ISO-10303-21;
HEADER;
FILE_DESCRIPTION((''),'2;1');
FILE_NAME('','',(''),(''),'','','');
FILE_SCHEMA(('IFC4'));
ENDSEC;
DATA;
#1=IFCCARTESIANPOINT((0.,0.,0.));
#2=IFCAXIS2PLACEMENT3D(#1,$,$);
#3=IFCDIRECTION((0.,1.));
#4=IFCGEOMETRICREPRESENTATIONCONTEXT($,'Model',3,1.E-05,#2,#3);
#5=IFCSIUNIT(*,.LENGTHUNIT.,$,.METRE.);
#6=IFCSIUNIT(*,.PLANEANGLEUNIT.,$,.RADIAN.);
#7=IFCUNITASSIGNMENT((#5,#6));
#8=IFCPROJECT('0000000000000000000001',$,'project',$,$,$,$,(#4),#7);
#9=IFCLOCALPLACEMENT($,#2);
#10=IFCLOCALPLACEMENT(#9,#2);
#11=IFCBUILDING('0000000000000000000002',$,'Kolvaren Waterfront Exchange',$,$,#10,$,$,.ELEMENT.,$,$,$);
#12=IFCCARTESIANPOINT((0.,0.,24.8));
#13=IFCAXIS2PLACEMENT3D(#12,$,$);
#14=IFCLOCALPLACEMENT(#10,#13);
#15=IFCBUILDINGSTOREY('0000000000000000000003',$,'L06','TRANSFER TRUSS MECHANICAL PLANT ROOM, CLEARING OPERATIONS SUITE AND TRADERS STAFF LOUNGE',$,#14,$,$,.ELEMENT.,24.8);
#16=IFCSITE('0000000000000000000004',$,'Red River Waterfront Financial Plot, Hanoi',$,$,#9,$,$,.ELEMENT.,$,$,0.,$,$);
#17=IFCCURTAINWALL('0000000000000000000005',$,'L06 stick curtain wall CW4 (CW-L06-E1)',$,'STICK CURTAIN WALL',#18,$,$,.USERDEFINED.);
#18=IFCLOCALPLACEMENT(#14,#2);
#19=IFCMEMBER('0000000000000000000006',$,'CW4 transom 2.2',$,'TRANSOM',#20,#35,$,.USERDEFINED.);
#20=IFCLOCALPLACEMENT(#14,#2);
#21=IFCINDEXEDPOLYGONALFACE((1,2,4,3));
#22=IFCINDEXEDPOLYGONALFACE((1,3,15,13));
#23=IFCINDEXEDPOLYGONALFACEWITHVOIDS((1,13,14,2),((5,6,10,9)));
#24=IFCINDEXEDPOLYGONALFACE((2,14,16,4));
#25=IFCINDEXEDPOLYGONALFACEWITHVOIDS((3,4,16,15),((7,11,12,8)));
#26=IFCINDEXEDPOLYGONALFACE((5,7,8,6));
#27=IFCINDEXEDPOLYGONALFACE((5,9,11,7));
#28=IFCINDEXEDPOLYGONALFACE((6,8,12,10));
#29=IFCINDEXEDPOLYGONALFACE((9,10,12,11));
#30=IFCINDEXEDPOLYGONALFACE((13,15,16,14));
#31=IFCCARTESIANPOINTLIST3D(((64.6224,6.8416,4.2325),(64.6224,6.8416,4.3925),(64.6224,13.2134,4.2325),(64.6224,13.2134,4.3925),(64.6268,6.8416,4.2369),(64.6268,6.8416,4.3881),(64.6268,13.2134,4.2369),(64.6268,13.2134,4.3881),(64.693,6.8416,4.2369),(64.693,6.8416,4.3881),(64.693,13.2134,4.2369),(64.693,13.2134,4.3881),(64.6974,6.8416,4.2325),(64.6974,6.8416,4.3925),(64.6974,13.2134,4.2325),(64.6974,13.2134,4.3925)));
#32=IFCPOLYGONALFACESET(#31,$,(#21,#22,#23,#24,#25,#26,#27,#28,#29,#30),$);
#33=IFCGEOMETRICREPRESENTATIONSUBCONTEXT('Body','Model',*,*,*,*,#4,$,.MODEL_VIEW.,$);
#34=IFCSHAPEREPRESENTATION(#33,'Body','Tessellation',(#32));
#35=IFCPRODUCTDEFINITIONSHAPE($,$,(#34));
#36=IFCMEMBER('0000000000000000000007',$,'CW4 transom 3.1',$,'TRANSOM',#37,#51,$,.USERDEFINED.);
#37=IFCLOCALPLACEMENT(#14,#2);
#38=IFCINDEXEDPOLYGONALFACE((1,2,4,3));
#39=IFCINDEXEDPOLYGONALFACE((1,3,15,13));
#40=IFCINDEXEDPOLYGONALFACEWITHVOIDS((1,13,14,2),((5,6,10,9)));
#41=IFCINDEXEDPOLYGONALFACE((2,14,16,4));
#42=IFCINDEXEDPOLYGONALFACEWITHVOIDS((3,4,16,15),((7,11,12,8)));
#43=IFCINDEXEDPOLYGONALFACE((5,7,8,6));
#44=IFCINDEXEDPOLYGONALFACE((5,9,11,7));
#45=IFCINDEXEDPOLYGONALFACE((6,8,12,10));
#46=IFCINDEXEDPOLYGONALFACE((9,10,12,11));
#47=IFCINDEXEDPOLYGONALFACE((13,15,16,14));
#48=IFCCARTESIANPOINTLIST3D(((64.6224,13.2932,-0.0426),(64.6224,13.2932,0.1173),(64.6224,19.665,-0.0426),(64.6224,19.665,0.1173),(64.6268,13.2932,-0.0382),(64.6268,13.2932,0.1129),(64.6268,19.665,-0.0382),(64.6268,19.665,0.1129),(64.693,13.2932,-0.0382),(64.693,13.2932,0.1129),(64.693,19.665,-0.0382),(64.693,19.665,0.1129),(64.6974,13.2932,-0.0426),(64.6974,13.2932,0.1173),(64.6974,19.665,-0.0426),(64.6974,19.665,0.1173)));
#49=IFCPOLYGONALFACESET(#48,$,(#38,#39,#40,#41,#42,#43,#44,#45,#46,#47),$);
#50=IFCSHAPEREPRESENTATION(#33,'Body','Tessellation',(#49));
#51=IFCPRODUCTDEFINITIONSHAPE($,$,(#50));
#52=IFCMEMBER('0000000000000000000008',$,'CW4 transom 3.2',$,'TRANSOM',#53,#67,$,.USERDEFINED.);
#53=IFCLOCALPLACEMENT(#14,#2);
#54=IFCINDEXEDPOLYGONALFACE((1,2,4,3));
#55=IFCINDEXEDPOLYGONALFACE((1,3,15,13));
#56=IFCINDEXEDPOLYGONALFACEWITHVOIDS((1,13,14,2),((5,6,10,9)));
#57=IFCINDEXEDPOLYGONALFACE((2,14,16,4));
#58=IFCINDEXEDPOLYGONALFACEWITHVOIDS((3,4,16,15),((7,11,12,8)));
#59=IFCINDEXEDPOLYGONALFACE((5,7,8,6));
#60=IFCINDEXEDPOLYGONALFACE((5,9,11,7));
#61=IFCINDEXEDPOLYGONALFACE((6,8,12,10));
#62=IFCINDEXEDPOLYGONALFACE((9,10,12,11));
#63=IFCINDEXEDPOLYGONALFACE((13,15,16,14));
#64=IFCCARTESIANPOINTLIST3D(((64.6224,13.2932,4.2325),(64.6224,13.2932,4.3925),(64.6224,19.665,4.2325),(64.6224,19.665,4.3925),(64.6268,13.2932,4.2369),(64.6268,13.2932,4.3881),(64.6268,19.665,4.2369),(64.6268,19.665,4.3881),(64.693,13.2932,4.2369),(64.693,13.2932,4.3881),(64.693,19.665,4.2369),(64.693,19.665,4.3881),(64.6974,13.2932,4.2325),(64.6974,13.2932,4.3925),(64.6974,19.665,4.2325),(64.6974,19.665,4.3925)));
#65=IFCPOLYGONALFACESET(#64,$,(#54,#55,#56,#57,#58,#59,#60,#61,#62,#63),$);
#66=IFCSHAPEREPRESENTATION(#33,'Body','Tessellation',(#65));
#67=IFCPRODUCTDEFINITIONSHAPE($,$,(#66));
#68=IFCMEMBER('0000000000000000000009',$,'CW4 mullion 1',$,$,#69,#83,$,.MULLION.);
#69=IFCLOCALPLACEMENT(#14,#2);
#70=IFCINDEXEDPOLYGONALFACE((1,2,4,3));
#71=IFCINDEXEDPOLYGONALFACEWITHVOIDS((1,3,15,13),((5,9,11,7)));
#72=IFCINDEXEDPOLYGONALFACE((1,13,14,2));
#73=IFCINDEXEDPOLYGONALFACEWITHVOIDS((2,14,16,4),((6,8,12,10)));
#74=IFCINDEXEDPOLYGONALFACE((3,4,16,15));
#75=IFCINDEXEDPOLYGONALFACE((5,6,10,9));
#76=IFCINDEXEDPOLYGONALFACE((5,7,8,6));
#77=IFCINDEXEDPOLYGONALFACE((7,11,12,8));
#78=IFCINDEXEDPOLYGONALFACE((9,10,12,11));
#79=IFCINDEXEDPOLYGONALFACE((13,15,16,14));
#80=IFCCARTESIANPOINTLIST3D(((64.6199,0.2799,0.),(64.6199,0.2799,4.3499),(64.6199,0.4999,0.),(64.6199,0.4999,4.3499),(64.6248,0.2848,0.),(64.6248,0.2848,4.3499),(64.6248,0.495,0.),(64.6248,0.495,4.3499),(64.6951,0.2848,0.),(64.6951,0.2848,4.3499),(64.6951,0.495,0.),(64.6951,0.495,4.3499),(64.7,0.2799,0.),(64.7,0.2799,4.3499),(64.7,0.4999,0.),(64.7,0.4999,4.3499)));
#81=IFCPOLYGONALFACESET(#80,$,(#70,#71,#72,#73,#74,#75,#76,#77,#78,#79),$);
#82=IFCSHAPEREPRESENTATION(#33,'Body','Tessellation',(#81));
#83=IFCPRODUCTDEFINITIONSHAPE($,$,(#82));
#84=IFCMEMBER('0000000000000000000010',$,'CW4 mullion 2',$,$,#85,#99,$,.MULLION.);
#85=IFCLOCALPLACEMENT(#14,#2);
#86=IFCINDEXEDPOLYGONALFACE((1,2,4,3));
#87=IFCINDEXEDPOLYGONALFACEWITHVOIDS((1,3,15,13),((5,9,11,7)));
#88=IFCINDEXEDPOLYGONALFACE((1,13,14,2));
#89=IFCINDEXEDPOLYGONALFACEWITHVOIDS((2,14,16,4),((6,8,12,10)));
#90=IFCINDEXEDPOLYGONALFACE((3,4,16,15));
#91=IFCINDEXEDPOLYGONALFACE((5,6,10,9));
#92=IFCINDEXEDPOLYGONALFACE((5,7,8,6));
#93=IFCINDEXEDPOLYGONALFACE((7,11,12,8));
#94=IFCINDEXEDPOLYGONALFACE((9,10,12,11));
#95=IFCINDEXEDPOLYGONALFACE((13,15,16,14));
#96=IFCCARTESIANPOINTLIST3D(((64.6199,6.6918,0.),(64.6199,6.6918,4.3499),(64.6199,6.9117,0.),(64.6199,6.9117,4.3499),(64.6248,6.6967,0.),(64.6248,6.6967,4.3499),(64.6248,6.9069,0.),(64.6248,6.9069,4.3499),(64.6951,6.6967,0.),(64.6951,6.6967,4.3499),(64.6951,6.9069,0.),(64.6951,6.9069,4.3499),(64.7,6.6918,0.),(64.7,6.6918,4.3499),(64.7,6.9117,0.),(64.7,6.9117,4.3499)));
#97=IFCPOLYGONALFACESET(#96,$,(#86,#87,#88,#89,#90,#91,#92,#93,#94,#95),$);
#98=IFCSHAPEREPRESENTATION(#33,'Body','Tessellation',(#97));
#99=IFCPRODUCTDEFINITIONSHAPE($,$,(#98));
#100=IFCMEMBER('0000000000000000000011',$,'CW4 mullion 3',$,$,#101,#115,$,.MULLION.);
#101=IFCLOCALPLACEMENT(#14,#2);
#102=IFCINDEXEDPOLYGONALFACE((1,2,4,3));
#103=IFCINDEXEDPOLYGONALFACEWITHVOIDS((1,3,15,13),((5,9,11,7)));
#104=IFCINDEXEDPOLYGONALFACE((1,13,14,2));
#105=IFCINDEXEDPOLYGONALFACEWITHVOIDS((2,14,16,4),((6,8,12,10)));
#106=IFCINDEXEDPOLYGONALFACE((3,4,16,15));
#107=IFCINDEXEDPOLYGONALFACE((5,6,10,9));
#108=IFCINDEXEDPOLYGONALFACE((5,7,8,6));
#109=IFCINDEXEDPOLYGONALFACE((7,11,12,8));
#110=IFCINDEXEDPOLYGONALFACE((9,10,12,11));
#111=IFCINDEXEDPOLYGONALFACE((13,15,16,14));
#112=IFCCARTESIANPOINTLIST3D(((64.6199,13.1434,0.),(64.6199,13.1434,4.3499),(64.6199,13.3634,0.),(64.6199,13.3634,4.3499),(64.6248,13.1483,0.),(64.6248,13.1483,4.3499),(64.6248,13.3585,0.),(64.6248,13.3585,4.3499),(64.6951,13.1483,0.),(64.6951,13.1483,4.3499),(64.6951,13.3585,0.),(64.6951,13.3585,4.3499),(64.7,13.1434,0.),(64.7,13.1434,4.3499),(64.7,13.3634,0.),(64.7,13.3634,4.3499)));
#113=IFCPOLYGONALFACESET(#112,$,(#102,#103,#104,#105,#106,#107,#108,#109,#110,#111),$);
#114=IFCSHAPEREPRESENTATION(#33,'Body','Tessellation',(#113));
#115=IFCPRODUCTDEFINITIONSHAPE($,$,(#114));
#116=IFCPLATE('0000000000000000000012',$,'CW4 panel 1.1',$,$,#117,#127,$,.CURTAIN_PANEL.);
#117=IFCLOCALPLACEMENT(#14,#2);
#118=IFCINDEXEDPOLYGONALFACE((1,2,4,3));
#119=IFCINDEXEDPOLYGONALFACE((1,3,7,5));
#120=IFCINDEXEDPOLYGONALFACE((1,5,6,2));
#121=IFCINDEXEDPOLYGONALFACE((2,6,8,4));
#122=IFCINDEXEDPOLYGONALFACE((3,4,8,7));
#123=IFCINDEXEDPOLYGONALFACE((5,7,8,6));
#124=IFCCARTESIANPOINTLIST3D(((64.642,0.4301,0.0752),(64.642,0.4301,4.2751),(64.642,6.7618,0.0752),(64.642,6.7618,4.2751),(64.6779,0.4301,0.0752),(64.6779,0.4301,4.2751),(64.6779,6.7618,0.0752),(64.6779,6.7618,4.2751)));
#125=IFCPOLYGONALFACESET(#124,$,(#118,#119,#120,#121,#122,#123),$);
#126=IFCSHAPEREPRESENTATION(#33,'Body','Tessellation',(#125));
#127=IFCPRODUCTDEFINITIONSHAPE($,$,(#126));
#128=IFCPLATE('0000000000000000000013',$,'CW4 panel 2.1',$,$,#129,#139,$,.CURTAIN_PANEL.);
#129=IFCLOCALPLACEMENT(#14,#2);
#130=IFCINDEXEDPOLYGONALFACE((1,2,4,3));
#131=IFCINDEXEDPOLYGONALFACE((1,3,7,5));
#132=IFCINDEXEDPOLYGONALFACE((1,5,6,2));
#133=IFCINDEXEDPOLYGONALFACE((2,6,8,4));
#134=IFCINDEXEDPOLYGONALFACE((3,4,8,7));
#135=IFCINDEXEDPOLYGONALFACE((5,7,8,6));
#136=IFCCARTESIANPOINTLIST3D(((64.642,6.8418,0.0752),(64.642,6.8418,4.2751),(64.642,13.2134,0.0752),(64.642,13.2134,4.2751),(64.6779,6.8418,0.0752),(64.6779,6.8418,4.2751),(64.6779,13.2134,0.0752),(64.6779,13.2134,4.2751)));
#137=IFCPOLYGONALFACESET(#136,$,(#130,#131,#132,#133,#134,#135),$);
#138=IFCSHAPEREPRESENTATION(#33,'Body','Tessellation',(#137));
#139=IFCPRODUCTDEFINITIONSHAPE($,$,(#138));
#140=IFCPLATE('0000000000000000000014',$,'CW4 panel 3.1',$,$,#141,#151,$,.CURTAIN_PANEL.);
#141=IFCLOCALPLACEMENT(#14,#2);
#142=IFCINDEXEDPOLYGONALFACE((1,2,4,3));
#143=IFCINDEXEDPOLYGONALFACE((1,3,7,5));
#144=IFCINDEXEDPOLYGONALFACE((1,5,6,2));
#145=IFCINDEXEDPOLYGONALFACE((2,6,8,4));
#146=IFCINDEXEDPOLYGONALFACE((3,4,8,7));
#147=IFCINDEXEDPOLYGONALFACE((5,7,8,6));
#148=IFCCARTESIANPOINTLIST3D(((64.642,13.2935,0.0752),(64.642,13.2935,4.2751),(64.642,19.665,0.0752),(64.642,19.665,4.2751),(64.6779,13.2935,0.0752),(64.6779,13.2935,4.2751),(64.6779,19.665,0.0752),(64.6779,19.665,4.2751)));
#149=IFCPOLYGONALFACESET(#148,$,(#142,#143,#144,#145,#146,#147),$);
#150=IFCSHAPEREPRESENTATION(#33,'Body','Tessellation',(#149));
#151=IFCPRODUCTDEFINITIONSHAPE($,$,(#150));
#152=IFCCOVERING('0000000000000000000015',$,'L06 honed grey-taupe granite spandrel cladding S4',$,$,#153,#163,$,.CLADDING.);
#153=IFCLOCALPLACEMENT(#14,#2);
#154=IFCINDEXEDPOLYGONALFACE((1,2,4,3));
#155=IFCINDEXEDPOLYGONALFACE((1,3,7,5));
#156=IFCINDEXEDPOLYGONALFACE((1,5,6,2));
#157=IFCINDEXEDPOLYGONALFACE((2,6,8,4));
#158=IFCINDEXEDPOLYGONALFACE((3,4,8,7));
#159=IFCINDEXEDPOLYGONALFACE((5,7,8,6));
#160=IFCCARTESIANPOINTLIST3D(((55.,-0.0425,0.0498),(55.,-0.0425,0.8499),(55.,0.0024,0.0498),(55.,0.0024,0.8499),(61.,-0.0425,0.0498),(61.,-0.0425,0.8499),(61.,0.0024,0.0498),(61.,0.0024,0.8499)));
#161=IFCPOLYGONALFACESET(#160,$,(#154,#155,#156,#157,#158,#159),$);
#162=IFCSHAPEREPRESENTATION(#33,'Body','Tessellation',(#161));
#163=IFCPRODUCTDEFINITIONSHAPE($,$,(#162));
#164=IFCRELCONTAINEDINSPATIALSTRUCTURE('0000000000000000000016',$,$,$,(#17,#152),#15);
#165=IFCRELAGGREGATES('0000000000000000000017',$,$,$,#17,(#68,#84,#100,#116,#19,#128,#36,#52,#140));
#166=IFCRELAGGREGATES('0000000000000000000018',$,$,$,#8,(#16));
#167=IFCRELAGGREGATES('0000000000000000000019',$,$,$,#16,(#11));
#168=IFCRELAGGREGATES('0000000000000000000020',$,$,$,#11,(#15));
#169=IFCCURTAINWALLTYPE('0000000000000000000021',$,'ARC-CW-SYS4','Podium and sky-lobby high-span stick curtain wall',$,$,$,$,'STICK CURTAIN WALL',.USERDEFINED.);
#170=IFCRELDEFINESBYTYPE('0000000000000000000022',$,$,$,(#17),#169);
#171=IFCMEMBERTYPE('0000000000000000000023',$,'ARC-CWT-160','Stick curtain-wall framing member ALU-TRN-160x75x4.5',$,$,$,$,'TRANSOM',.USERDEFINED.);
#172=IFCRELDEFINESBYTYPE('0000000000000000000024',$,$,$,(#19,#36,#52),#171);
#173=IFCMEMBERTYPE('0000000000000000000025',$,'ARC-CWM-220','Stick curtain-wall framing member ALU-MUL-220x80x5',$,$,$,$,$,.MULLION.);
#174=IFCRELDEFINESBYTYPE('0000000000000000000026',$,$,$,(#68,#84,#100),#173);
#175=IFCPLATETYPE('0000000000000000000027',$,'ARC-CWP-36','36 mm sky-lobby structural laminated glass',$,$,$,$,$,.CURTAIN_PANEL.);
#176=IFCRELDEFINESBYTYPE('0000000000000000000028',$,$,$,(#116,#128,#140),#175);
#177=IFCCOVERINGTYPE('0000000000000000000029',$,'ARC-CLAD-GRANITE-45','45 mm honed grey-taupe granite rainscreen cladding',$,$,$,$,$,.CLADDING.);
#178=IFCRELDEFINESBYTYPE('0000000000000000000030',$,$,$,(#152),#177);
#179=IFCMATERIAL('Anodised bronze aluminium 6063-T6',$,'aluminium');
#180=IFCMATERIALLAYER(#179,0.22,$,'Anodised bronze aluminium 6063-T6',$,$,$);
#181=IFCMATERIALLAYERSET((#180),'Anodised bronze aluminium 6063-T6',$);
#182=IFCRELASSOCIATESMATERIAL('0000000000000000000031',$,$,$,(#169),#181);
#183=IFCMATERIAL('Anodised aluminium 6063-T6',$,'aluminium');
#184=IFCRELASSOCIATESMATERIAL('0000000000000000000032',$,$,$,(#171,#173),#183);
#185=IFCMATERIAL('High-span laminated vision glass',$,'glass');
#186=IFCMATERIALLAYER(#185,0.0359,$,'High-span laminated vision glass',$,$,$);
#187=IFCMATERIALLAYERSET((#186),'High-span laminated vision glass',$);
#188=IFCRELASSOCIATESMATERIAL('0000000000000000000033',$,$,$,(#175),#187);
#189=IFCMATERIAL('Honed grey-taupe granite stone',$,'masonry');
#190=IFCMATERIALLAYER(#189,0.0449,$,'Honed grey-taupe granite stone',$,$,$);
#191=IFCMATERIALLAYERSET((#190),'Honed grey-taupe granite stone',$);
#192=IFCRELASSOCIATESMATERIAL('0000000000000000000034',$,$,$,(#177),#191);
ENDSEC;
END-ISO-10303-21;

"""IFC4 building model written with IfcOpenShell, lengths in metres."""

from ifc_helpers import new_model, si_unit, direction, frame, origin, origin_with_axes, origin_2d, place, context, subcontext, project, spatial, rectangle, hollow_rectangle, extrude, source, transform, mapped, material, layer, layer_set, material_profile, profile_set, type_object, element, aggregate, save


model = new_model("IFC4")

# Units and contexts
model_context = context("Model", 3, precision=1e-05, world=origin(), true_north=direction((0.0, 1.0)))
body_context = subcontext(model_context, "Body", "Model", "MODEL_VIEW")
ifc_project = project(units=[si_unit("LENGTHUNIT", "METRE"), si_unit("PLANEANGLEUNIT", "RADIAN")], contexts=[model_context])

# Site, building, storey
site_placement = place(None, origin())
site = spatial("IfcSite", under=ifc_project, at=site_placement, Name="Red River Waterfront Financial Plot, Hanoi", CompositionType="ELEMENT", RefElevation=0.0)
building_placement = place(site_placement, origin())
building = spatial("IfcBuilding", under=site, at=building_placement, Name="Kolvaren Waterfront Exchange", CompositionType="ELEMENT")
storey_placement = place(building_placement, frame((0.0, 0.0, 24.8)))
storey = spatial("IfcBuildingStorey", under=building, at=storey_placement, Name="L06", Description="TRANSFER TRUSS MECHANICAL PLANT ROOM, CLEARING OPERATIONS SUITE AND TRADERS STAFF LOUNGE", CompositionType="ELEMENT", Elevation=24.8)

# Curtain wall, members, plates
ifc_material_1 = material(Name="Anodised bronze aluminium 6063-T6", Category="aluminium")
ifc_layer_1 = layer(ifc_material_1, 0.22, Name="Anodised bronze aluminium 6063-T6")
ifc_layer_set_1 = layer_set([ifc_layer_1], Name="Anodised bronze aluminium 6063-T6")
curtain_wall_type = type_object("IfcCurtainWallType", Name="ARC-CW-SYS4", Description="Podium and sky-lobby high-span stick curtain wall", ElementType="STICK CURTAIN WALL", PredefinedType="USERDEFINED", material=ifc_layer_set_1)
curtain_wall_placement = place(storey_placement, origin())
curtain_wall = element("IfcCurtainWall", 1, at=curtain_wall_placement, inside=storey, type_object=curtain_wall_type, Name="L06 stick curtain wall CW4 (CW-L06-E1)", ObjectType="STICK CURTAIN WALL", PredefinedType="USERDEFINED")
ifc_material_2 = material(Name="Anodised aluminium 6063-T6", Category="aluminium")
ifc_material_profile_1 = material_profile(ifc_material_2, hollow_rectangle(XDim=0.075, YDim=0.1599, WallThickness=0.0044, at=origin_2d()), Name="ALU-TRN-160x75x4.5")
ifc_profile_set_1 = profile_set([ifc_material_profile_1], Name="Anodised aluminium 6063-T6")
member_type_1 = type_object("IfcMemberType", Name="ARC-CWT-160", Description="Stick curtain-wall framing member ALU-TRN-160x75x4.5", ElementType="TRANSOM", PredefinedType="USERDEFINED", material=ifc_profile_set_1)
shared_shape_1 = source(origin_with_axes(), body_context, "Body", "SweptSolid", [
    extrude(hollow_rectangle(XDim=0.075, YDim=0.1599, WallThickness=0.0044, at=origin_2d()), origin(), (0.0, 0.0, 1.0), 6.3718),
])
member_1_placement = place(storey_placement, frame((64.6599, 6.8416, 4.3125), z_axis=(0.0, 1.0, 0.0), x_axis=(-1.0, 0.0, 0.0)))
member_1 = element("IfcMember", 2, at=member_1_placement, type_object=member_type_1, Name="CW4 transom 2.2", ObjectType="TRANSOM", PredefinedType="USERDEFINED", context=body_context, shape_type="MappedRepresentation", body=[
    mapped(shared_shape_1, transform((0.0, 0.0, 0.0), x_axis=(1.0, 0.0, 0.0), y_axis=(0.0, 1.0, 0.0), z_axis=(0.0, 0.0, 1.0), scale=1.0)),
])
member_2_placement = place(storey_placement, frame((64.6599, 13.2932, 0.0374), z_axis=(0.0, 1.0, 0.0), x_axis=(-1.0, 0.0, 0.0)))
member_2 = element("IfcMember", 3, at=member_2_placement, type_object=member_type_1, Name="CW4 transom 3.1", ObjectType="TRANSOM", PredefinedType="USERDEFINED", context=body_context, shape_type="MappedRepresentation", body=[
    mapped(shared_shape_1, transform((0.0, 0.0, 0.0), x_axis=(1.0, 0.0, 0.0), y_axis=(0.0, 1.0, 0.0), z_axis=(0.0, 0.0, 1.0), scale=1.0)),
])
member_3_placement = place(storey_placement, frame((64.6599, 13.2932, 4.3125), z_axis=(0.0, 1.0, 0.0), x_axis=(-1.0, 0.0, 0.0)))
member_3 = element("IfcMember", 4, at=member_3_placement, type_object=member_type_1, Name="CW4 transom 3.2", ObjectType="TRANSOM", PredefinedType="USERDEFINED", context=body_context, shape_type="MappedRepresentation", body=[
    mapped(shared_shape_1, transform((0.0, 0.0, 0.0), x_axis=(1.0, 0.0, 0.0), y_axis=(0.0, 1.0, 0.0), z_axis=(0.0, 0.0, 1.0), scale=1.0)),
])
ifc_material_profile_2 = material_profile(ifc_material_2, hollow_rectangle(XDim=0.0801, YDim=0.22, WallThickness=0.0049, at=origin_2d()), Name="ALU-MUL-220x80x5")
ifc_profile_set_2 = profile_set([ifc_material_profile_2], Name="Anodised aluminium 6063-T6")
member_type_2 = type_object("IfcMemberType", Name="ARC-CWM-220", Description="Stick curtain-wall framing member ALU-MUL-220x80x5", PredefinedType="MULLION", material=ifc_profile_set_2)
shared_shape_2 = source(origin_with_axes(), body_context, "Body", "SweptSolid", [
    extrude(hollow_rectangle(XDim=0.0801, YDim=0.22, WallThickness=0.0049, at=origin_2d()), origin(), (0.0, 0.0, 1.0), 4.3499),
])
member_4_placement = place(storey_placement, frame((64.6599, 0.3899, 0.0), z_axis=(0.0, 0.0, 1.0), x_axis=(-1.0, 0.0, 0.0)))
member_4 = element("IfcMember", 5, at=member_4_placement, type_object=member_type_2, Name="CW4 mullion 1", PredefinedType="MULLION", context=body_context, shape_type="MappedRepresentation", body=[
    mapped(shared_shape_2, transform((0.0, 0.0, 0.0), x_axis=(1.0, 0.0, 0.0), y_axis=(0.0, 1.0, 0.0), z_axis=(0.0, 0.0, 1.0), scale=1.0)),
])
member_5_placement = place(storey_placement, frame((64.6599, 6.8018, 0.0), z_axis=(0.0, 0.0, 1.0), x_axis=(-1.0, 0.0, 0.0)))
member_5 = element("IfcMember", 6, at=member_5_placement, type_object=member_type_2, Name="CW4 mullion 2", PredefinedType="MULLION", context=body_context, shape_type="MappedRepresentation", body=[
    mapped(shared_shape_2, transform((0.0, 0.0, 0.0), x_axis=(1.0, 0.0, 0.0), y_axis=(0.0, 1.0, 0.0), z_axis=(0.0, 0.0, 1.0), scale=1.0)),
])
member_6_placement = place(storey_placement, frame((64.6599, 13.2534, 0.0), z_axis=(0.0, 0.0, 1.0), x_axis=(-1.0, 0.0, 0.0)))
member_6 = element("IfcMember", 7, at=member_6_placement, type_object=member_type_2, Name="CW4 mullion 3", PredefinedType="MULLION", context=body_context, shape_type="MappedRepresentation", body=[
    mapped(shared_shape_2, transform((0.0, 0.0, 0.0), x_axis=(1.0, 0.0, 0.0), y_axis=(0.0, 1.0, 0.0), z_axis=(0.0, 0.0, 1.0), scale=1.0)),
])
ifc_material_3 = material(Name="High-span laminated vision glass", Category="glass")
ifc_layer_2 = layer(ifc_material_3, 0.0359, Name="High-span laminated vision glass")
ifc_layer_set_2 = layer_set([ifc_layer_2], Name="High-span laminated vision glass")
plate_type = type_object("IfcPlateType", Name="ARC-CWP-36", Description="36 mm sky-lobby structural laminated glass", PredefinedType="CURTAIN_PANEL", material=ifc_layer_set_2)
shared_shape_3 = source(origin_with_axes(), body_context, "Body", "SweptSolid", [
    extrude(rectangle(XDim=6.3318, YDim=0.0359, at=origin_2d()), origin(), (0.0, 0.0, 1.0), 4.2),
])
plate_1_placement = place(storey_placement, frame((64.6599, 3.5959, 0.0752), z_axis=(0.0, 0.0, 1.0), x_axis=(0.0, 1.0, 0.0)))
plate_1 = element("IfcPlate", 8, at=plate_1_placement, type_object=plate_type, Name="CW4 panel 1.1", PredefinedType="CURTAIN_PANEL", context=body_context, shape_type="MappedRepresentation", body=[
    mapped(shared_shape_3, transform((0.0, 0.0, 0.0), x_axis=(1.0, 0.0, 0.0), y_axis=(0.0, 1.0, 0.0), z_axis=(0.0, 0.0, 1.0), scale=1.0)),
])
shared_shape_4 = source(origin_with_axes(), body_context, "Body", "SweptSolid", [
    extrude(rectangle(XDim=6.3716, YDim=0.0359, at=origin_2d()), origin(), (0.0, 0.0, 1.0), 4.2),
])
plate_2_placement = place(storey_placement, frame((64.6599, 10.0276, 0.0752), z_axis=(0.0, 0.0, 1.0), x_axis=(0.0, 1.0, 0.0)))
plate_2 = element("IfcPlate", 9, at=plate_2_placement, type_object=plate_type, Name="CW4 panel 2.1", PredefinedType="CURTAIN_PANEL", context=body_context, shape_type="MappedRepresentation", body=[
    mapped(shared_shape_4, transform((0.0, 0.0, 0.0), x_axis=(1.0, 0.0, 0.0), y_axis=(0.0, 1.0, 0.0), z_axis=(0.0, 0.0, 1.0), scale=1.0)),
])
plate_3_placement = place(storey_placement, frame((64.6599, 16.4792, 0.0752), z_axis=(0.0, 0.0, 1.0), x_axis=(0.0, 1.0, 0.0)))
plate_3 = element("IfcPlate", 10, at=plate_3_placement, type_object=plate_type, Name="CW4 panel 3.1", PredefinedType="CURTAIN_PANEL", context=body_context, shape_type="MappedRepresentation", body=[
    mapped(shared_shape_4, transform((0.0, 0.0, 0.0), x_axis=(1.0, 0.0, 0.0), y_axis=(0.0, 1.0, 0.0), z_axis=(0.0, 0.0, 1.0), scale=1.0)),
])
aggregate(curtain_wall, [member_4, member_5, member_6, plate_1, member_1, plate_2, member_2, member_3, plate_3])

# Covering
ifc_material_4 = material(Name="Honed grey-taupe granite stone", Category="masonry")
ifc_layer_3 = layer(ifc_material_4, 0.0449, Name="Honed grey-taupe granite stone")
ifc_layer_set_3 = layer_set([ifc_layer_3], Name="Honed grey-taupe granite stone")
covering_type = type_object("IfcCoveringType", Name="ARC-CLAD-GRANITE-45", Description="45 mm honed grey-taupe granite rainscreen cladding", PredefinedType="CLADDING", material=ifc_layer_set_3)
covering_placement = place(storey_placement, frame((58.0, -0.02, 0.0498), z_axis=(0.0, 0.0, 1.0), x_axis=(1.0, 0.0, 0.0)))
element("IfcCovering", 11, at=covering_placement, inside=storey, type_object=covering_type, Name="L06 honed grey-taupe granite spandrel cladding S4", PredefinedType="CLADDING", context=body_context, shape_type="SweptSolid", body=[
    extrude(rectangle(XDim=6.0, YDim=0.0449, at=origin_2d()), origin(), (0.0, 0.0, 1.0), 0.8),
])

save(model, "model.ifc")
